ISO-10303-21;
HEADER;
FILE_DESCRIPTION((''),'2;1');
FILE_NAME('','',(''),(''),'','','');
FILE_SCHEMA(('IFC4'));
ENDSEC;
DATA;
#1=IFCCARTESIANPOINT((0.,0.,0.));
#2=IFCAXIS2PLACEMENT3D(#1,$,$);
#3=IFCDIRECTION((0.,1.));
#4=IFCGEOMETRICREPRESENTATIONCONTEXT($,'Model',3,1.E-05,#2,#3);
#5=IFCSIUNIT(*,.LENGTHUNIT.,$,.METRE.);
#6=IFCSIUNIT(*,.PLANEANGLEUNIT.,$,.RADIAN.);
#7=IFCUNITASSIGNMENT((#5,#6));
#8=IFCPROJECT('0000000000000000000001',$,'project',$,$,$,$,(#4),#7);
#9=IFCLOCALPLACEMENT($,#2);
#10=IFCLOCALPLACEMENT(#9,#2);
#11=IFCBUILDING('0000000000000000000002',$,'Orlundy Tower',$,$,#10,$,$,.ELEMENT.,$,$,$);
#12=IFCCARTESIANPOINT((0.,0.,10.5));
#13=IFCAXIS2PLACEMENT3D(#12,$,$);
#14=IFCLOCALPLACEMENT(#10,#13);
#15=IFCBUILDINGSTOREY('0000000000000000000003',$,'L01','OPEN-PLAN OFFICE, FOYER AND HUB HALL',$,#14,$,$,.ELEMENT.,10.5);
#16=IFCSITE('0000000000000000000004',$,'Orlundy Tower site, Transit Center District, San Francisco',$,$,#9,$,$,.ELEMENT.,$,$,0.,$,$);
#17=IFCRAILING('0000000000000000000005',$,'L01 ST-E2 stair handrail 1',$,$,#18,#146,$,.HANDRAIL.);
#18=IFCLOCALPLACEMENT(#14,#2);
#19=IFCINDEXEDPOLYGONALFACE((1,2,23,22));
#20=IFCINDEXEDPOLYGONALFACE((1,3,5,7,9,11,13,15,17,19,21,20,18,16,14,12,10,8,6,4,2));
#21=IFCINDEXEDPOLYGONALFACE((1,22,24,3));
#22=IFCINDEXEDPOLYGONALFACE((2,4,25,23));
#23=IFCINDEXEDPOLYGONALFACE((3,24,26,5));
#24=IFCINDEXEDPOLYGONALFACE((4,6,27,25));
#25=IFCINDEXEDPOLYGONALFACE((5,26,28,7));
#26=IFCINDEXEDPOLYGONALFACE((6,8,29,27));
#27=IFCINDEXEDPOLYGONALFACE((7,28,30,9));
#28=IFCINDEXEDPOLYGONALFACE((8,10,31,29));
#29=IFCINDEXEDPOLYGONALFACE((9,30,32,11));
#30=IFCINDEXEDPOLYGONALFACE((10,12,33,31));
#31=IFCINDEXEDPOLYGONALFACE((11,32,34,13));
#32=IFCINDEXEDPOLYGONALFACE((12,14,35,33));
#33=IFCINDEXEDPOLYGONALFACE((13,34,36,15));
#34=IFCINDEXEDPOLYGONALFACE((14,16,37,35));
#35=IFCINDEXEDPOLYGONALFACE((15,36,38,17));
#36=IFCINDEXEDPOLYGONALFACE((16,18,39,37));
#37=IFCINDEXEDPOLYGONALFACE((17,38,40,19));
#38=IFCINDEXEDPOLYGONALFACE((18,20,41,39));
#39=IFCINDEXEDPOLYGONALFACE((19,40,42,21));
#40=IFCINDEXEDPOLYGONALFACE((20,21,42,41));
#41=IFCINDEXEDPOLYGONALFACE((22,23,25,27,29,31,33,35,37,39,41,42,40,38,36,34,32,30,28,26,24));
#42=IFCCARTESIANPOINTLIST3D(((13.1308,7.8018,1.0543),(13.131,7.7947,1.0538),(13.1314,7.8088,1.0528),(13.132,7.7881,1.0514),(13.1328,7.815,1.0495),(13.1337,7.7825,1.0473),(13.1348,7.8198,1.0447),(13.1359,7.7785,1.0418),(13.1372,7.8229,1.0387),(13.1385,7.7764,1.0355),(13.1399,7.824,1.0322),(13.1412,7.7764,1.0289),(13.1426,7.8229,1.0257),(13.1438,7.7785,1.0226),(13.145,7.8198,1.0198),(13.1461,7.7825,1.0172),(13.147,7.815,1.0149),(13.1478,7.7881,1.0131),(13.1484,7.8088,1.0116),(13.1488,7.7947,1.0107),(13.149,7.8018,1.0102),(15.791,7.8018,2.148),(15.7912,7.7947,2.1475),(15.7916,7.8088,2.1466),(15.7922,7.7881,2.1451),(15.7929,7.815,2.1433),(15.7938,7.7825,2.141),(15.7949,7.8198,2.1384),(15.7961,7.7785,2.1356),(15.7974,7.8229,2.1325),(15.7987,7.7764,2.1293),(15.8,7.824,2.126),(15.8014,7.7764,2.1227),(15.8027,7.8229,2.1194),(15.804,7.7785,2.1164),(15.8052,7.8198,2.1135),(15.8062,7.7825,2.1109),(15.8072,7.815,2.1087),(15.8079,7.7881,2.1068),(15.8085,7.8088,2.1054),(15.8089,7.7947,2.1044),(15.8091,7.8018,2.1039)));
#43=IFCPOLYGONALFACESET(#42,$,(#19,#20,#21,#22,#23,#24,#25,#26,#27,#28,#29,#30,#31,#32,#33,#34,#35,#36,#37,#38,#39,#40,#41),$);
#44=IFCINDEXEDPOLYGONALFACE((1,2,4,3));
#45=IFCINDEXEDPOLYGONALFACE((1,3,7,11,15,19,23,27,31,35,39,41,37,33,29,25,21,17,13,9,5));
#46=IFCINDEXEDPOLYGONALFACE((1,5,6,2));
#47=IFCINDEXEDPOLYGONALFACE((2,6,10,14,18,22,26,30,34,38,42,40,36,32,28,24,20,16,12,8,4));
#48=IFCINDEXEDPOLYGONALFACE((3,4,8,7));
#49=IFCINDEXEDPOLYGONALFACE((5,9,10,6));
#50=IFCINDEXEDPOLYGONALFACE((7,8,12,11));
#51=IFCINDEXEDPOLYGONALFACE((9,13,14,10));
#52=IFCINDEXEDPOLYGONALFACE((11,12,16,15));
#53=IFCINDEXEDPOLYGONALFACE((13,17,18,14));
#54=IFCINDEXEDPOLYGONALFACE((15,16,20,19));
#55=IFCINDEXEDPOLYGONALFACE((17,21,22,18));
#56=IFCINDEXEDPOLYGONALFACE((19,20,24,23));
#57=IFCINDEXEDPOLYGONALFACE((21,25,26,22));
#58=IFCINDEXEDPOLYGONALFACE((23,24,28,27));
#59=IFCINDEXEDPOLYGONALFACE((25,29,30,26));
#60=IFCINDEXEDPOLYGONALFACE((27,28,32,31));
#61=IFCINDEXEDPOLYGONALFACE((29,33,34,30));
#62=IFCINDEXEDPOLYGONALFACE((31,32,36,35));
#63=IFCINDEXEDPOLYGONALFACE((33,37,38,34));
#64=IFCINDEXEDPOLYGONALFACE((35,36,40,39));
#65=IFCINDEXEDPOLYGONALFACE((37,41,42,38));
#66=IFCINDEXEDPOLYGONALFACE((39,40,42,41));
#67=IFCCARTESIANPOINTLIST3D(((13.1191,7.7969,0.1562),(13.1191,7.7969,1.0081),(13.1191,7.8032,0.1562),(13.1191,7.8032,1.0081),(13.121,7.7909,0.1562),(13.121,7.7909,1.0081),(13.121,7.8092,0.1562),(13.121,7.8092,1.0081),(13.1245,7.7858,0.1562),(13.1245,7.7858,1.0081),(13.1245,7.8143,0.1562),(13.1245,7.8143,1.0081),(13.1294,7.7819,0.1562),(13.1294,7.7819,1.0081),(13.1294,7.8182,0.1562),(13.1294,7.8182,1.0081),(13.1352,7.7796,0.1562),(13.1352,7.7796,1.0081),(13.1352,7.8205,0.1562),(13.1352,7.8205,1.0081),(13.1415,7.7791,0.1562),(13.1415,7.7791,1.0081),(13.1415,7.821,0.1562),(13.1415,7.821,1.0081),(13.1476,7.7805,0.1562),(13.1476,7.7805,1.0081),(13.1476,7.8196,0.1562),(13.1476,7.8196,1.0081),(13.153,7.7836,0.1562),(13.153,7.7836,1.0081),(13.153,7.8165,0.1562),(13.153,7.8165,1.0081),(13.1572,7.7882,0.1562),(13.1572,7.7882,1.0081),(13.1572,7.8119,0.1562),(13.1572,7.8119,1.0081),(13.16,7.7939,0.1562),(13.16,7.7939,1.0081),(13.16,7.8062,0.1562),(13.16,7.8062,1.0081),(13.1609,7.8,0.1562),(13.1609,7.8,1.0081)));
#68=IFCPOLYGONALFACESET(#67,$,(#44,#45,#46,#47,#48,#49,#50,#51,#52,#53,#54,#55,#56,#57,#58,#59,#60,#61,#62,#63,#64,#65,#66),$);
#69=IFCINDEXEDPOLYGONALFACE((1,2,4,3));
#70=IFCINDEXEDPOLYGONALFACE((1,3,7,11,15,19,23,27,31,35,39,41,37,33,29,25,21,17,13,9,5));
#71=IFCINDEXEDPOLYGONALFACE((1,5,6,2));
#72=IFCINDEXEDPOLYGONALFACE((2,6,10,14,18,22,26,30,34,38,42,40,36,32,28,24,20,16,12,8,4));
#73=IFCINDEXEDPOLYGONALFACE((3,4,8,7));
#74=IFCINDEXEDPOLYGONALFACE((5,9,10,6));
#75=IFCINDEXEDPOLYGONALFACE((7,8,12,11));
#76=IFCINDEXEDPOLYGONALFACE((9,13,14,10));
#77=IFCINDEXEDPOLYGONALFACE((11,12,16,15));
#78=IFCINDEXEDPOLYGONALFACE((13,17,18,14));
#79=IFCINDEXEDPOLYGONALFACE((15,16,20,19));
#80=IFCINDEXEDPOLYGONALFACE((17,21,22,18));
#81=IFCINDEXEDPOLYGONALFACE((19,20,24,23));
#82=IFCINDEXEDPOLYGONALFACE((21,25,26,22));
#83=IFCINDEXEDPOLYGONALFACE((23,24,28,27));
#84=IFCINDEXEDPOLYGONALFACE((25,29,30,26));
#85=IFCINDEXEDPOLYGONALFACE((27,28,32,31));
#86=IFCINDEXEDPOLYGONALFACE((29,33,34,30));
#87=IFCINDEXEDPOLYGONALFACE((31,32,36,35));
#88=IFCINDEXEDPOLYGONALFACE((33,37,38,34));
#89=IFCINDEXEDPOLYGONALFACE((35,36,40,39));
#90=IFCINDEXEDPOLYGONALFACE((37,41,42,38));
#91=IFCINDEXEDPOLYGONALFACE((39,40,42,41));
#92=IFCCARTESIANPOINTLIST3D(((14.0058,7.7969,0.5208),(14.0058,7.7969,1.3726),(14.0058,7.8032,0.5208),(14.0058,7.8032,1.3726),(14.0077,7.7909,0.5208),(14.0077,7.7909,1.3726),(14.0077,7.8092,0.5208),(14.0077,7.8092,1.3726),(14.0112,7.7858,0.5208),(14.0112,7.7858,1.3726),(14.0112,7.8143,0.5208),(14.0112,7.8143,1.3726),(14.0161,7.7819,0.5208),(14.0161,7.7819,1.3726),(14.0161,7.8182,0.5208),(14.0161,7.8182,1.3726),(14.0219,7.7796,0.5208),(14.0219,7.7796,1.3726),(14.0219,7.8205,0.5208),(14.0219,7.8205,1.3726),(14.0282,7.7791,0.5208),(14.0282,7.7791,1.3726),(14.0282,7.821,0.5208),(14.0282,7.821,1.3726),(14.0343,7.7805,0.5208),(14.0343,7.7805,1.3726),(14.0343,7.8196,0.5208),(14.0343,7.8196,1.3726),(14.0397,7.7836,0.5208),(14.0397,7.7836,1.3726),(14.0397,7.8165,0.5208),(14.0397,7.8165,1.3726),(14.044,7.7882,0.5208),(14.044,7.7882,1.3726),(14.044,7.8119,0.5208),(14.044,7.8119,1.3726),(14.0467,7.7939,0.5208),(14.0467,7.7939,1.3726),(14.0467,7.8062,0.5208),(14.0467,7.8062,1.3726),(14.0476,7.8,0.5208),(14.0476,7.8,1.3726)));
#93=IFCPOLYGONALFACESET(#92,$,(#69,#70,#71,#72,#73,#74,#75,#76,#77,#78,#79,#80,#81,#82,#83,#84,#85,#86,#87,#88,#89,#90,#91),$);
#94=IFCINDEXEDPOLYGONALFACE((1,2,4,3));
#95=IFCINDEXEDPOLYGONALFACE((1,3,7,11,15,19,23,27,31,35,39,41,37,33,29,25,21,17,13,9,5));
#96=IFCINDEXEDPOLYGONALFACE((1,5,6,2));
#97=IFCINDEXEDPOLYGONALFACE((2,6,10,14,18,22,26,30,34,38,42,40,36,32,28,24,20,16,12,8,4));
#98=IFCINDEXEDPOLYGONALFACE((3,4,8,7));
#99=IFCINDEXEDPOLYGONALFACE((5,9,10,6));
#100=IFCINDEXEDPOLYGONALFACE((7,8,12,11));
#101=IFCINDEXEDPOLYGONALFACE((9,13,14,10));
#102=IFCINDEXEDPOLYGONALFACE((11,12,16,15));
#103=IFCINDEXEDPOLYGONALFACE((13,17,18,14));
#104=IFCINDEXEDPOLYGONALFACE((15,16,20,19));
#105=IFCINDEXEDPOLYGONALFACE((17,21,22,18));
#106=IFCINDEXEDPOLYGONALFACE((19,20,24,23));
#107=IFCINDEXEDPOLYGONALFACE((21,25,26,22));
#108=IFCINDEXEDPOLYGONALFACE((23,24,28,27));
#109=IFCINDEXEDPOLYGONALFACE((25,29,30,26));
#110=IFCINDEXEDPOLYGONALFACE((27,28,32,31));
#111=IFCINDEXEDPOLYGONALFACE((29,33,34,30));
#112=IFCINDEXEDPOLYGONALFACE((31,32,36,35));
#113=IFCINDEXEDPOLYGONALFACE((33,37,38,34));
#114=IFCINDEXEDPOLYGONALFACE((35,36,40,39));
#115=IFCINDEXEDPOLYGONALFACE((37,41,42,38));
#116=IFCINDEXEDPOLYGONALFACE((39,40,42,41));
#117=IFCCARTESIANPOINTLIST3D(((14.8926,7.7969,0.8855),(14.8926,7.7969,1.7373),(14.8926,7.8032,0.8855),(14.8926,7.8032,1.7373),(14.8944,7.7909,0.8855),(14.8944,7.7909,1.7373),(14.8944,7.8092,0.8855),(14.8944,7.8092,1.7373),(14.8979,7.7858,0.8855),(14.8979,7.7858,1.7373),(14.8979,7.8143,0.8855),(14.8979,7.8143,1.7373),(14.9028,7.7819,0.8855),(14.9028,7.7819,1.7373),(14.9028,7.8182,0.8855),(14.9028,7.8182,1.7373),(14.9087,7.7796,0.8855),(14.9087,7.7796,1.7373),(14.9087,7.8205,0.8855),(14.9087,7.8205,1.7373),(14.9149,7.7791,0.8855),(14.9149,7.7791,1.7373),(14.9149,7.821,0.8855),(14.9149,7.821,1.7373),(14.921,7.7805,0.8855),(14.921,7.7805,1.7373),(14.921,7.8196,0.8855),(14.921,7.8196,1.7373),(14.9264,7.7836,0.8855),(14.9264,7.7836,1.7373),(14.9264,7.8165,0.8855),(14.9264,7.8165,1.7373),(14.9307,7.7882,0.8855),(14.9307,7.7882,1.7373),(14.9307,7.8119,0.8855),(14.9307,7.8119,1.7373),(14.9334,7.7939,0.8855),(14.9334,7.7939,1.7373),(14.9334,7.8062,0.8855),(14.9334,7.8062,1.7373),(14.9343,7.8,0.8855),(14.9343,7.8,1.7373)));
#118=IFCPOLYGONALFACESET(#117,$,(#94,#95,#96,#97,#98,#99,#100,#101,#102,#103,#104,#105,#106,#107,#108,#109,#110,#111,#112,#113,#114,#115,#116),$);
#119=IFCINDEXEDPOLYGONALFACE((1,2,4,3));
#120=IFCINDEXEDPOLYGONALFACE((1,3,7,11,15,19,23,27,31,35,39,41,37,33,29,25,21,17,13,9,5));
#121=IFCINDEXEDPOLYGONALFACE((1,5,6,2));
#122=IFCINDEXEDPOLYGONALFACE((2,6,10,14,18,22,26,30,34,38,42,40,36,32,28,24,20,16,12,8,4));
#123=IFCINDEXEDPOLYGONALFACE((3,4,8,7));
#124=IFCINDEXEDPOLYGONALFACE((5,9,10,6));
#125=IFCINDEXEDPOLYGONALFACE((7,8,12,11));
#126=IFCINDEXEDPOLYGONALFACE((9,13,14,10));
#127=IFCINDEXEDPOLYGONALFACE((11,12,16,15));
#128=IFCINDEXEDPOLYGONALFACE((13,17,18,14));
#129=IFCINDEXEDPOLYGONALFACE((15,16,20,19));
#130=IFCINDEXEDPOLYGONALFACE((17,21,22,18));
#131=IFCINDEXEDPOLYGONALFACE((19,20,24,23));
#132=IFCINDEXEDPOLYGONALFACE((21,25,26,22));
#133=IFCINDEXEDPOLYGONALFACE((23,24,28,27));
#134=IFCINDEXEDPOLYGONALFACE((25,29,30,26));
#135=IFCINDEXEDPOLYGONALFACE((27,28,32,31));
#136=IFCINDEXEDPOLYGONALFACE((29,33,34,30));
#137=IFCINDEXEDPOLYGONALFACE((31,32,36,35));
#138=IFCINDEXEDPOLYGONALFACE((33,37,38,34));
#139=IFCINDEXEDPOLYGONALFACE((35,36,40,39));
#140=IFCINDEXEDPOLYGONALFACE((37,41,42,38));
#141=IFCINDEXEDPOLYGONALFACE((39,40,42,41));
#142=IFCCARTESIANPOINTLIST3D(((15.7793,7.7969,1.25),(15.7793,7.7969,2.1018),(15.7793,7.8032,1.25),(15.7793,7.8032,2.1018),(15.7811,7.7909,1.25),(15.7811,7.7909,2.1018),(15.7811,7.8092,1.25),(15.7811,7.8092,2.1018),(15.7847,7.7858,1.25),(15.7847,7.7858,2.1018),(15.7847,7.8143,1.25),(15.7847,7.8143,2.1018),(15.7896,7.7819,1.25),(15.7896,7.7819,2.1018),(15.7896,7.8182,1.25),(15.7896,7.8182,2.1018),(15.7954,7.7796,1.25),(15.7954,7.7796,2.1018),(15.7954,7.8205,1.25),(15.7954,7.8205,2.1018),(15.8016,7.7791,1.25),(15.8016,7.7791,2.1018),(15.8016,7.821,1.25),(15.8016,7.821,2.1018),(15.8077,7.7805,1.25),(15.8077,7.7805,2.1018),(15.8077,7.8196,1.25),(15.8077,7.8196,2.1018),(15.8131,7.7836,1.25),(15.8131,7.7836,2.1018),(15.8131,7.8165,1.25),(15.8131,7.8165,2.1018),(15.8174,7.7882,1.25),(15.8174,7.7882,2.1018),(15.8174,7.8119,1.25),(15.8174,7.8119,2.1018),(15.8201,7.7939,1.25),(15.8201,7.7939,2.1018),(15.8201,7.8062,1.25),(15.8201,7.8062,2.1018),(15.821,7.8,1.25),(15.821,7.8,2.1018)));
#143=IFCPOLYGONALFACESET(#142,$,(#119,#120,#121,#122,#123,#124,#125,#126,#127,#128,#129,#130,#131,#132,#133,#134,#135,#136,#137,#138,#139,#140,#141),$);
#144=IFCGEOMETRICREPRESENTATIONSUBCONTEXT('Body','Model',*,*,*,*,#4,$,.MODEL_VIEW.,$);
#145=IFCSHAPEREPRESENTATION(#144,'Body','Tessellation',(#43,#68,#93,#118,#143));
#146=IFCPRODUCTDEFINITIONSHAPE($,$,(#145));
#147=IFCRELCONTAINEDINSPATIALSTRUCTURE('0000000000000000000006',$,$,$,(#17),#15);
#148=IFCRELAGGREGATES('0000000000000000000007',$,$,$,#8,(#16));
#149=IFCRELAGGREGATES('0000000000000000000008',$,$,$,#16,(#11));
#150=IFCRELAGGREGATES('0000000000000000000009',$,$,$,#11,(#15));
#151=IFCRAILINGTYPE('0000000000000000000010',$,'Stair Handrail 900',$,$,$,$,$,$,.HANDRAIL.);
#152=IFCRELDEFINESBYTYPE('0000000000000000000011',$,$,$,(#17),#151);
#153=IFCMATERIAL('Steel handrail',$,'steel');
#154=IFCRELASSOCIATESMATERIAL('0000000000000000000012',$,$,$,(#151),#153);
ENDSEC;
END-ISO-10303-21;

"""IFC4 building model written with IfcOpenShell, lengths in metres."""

from ifc_helpers import new_model, si_unit, direction, frame, origin, origin_2d, place, context, subcontext, project, spatial, circle, extrude, material, type_object, element, save


model = new_model("IFC4")

# Units and contexts
model_context = context("Model", 3, precision=1e-05, world=origin(), true_north=direction((0.0, 1.0)))
body_context = subcontext(model_context, "Body", "Model", "MODEL_VIEW")
ifc_project = project(units=[si_unit("LENGTHUNIT", "METRE"), si_unit("PLANEANGLEUNIT", "RADIAN")], contexts=[model_context])

# Site, building, storey
site_placement = place(None, origin())
site = spatial("IfcSite", under=ifc_project, at=site_placement, Name="Orlundy Tower site, Transit Center District, San Francisco", CompositionType="ELEMENT", RefElevation=0.0)
building_placement = place(site_placement, origin())
building = spatial("IfcBuilding", under=site, at=building_placement, Name="Orlundy Tower", CompositionType="ELEMENT")
storey_placement = place(building_placement, frame((0.0, 0.0, 10.5)))
storey = spatial("IfcBuildingStorey", under=building, at=storey_placement, Name="L01", Description="OPEN-PLAN OFFICE, FOYER AND HUB HALL", CompositionType="ELEMENT", Elevation=10.5)

# Railing
ifc_material_1 = material(Name="Steel handrail", Category="steel")
railing_type_1 = type_object("IfcRailingType", Name="Stair Handrail 900", PredefinedType="HANDRAIL", material=ifc_material_1)
for number, where, name in (
    (1, (13.1399, 7.8, 0.1562), "L01 ST-E2 stair handrail 1"),
):
    element("IfcRailing", number, at=place(storey_placement, frame(where)), inside=storey, type_object=railing_type_1, Name=name, PredefinedType="HANDRAIL", context=body_context, shape_type="SweptSolid", body=[
        extrude(circle(Radius=0.0239, at=origin_2d()), frame((0.0, 0.0, 0.876), z_axis=(0.924875, 0.0, 0.380272), x_axis=(0.0, 1.0, 0.0)), (0.0, 0.0, 1.0), 2.8762),
        extrude(circle(Radius=0.021, at=origin_2d()), origin(), (0.0, 0.0, 1.0), 0.8518),
        extrude(circle(Radius=0.021, at=origin_2d()), frame((0.8867, 0.0, 0.3645)), (0.0, 0.0, 1.0), 0.8518),
        extrude(circle(Radius=0.021, at=origin_2d()), frame((1.7734, 0.0, 0.7292)), (0.0, 0.0, 1.0), 0.8518),
        extrude(circle(Radius=0.021, at=origin_2d()), frame((2.6602, 0.0, 1.0938)), (0.0, 0.0, 1.0), 0.8518),
    ])

save(model, "model.ifc")
